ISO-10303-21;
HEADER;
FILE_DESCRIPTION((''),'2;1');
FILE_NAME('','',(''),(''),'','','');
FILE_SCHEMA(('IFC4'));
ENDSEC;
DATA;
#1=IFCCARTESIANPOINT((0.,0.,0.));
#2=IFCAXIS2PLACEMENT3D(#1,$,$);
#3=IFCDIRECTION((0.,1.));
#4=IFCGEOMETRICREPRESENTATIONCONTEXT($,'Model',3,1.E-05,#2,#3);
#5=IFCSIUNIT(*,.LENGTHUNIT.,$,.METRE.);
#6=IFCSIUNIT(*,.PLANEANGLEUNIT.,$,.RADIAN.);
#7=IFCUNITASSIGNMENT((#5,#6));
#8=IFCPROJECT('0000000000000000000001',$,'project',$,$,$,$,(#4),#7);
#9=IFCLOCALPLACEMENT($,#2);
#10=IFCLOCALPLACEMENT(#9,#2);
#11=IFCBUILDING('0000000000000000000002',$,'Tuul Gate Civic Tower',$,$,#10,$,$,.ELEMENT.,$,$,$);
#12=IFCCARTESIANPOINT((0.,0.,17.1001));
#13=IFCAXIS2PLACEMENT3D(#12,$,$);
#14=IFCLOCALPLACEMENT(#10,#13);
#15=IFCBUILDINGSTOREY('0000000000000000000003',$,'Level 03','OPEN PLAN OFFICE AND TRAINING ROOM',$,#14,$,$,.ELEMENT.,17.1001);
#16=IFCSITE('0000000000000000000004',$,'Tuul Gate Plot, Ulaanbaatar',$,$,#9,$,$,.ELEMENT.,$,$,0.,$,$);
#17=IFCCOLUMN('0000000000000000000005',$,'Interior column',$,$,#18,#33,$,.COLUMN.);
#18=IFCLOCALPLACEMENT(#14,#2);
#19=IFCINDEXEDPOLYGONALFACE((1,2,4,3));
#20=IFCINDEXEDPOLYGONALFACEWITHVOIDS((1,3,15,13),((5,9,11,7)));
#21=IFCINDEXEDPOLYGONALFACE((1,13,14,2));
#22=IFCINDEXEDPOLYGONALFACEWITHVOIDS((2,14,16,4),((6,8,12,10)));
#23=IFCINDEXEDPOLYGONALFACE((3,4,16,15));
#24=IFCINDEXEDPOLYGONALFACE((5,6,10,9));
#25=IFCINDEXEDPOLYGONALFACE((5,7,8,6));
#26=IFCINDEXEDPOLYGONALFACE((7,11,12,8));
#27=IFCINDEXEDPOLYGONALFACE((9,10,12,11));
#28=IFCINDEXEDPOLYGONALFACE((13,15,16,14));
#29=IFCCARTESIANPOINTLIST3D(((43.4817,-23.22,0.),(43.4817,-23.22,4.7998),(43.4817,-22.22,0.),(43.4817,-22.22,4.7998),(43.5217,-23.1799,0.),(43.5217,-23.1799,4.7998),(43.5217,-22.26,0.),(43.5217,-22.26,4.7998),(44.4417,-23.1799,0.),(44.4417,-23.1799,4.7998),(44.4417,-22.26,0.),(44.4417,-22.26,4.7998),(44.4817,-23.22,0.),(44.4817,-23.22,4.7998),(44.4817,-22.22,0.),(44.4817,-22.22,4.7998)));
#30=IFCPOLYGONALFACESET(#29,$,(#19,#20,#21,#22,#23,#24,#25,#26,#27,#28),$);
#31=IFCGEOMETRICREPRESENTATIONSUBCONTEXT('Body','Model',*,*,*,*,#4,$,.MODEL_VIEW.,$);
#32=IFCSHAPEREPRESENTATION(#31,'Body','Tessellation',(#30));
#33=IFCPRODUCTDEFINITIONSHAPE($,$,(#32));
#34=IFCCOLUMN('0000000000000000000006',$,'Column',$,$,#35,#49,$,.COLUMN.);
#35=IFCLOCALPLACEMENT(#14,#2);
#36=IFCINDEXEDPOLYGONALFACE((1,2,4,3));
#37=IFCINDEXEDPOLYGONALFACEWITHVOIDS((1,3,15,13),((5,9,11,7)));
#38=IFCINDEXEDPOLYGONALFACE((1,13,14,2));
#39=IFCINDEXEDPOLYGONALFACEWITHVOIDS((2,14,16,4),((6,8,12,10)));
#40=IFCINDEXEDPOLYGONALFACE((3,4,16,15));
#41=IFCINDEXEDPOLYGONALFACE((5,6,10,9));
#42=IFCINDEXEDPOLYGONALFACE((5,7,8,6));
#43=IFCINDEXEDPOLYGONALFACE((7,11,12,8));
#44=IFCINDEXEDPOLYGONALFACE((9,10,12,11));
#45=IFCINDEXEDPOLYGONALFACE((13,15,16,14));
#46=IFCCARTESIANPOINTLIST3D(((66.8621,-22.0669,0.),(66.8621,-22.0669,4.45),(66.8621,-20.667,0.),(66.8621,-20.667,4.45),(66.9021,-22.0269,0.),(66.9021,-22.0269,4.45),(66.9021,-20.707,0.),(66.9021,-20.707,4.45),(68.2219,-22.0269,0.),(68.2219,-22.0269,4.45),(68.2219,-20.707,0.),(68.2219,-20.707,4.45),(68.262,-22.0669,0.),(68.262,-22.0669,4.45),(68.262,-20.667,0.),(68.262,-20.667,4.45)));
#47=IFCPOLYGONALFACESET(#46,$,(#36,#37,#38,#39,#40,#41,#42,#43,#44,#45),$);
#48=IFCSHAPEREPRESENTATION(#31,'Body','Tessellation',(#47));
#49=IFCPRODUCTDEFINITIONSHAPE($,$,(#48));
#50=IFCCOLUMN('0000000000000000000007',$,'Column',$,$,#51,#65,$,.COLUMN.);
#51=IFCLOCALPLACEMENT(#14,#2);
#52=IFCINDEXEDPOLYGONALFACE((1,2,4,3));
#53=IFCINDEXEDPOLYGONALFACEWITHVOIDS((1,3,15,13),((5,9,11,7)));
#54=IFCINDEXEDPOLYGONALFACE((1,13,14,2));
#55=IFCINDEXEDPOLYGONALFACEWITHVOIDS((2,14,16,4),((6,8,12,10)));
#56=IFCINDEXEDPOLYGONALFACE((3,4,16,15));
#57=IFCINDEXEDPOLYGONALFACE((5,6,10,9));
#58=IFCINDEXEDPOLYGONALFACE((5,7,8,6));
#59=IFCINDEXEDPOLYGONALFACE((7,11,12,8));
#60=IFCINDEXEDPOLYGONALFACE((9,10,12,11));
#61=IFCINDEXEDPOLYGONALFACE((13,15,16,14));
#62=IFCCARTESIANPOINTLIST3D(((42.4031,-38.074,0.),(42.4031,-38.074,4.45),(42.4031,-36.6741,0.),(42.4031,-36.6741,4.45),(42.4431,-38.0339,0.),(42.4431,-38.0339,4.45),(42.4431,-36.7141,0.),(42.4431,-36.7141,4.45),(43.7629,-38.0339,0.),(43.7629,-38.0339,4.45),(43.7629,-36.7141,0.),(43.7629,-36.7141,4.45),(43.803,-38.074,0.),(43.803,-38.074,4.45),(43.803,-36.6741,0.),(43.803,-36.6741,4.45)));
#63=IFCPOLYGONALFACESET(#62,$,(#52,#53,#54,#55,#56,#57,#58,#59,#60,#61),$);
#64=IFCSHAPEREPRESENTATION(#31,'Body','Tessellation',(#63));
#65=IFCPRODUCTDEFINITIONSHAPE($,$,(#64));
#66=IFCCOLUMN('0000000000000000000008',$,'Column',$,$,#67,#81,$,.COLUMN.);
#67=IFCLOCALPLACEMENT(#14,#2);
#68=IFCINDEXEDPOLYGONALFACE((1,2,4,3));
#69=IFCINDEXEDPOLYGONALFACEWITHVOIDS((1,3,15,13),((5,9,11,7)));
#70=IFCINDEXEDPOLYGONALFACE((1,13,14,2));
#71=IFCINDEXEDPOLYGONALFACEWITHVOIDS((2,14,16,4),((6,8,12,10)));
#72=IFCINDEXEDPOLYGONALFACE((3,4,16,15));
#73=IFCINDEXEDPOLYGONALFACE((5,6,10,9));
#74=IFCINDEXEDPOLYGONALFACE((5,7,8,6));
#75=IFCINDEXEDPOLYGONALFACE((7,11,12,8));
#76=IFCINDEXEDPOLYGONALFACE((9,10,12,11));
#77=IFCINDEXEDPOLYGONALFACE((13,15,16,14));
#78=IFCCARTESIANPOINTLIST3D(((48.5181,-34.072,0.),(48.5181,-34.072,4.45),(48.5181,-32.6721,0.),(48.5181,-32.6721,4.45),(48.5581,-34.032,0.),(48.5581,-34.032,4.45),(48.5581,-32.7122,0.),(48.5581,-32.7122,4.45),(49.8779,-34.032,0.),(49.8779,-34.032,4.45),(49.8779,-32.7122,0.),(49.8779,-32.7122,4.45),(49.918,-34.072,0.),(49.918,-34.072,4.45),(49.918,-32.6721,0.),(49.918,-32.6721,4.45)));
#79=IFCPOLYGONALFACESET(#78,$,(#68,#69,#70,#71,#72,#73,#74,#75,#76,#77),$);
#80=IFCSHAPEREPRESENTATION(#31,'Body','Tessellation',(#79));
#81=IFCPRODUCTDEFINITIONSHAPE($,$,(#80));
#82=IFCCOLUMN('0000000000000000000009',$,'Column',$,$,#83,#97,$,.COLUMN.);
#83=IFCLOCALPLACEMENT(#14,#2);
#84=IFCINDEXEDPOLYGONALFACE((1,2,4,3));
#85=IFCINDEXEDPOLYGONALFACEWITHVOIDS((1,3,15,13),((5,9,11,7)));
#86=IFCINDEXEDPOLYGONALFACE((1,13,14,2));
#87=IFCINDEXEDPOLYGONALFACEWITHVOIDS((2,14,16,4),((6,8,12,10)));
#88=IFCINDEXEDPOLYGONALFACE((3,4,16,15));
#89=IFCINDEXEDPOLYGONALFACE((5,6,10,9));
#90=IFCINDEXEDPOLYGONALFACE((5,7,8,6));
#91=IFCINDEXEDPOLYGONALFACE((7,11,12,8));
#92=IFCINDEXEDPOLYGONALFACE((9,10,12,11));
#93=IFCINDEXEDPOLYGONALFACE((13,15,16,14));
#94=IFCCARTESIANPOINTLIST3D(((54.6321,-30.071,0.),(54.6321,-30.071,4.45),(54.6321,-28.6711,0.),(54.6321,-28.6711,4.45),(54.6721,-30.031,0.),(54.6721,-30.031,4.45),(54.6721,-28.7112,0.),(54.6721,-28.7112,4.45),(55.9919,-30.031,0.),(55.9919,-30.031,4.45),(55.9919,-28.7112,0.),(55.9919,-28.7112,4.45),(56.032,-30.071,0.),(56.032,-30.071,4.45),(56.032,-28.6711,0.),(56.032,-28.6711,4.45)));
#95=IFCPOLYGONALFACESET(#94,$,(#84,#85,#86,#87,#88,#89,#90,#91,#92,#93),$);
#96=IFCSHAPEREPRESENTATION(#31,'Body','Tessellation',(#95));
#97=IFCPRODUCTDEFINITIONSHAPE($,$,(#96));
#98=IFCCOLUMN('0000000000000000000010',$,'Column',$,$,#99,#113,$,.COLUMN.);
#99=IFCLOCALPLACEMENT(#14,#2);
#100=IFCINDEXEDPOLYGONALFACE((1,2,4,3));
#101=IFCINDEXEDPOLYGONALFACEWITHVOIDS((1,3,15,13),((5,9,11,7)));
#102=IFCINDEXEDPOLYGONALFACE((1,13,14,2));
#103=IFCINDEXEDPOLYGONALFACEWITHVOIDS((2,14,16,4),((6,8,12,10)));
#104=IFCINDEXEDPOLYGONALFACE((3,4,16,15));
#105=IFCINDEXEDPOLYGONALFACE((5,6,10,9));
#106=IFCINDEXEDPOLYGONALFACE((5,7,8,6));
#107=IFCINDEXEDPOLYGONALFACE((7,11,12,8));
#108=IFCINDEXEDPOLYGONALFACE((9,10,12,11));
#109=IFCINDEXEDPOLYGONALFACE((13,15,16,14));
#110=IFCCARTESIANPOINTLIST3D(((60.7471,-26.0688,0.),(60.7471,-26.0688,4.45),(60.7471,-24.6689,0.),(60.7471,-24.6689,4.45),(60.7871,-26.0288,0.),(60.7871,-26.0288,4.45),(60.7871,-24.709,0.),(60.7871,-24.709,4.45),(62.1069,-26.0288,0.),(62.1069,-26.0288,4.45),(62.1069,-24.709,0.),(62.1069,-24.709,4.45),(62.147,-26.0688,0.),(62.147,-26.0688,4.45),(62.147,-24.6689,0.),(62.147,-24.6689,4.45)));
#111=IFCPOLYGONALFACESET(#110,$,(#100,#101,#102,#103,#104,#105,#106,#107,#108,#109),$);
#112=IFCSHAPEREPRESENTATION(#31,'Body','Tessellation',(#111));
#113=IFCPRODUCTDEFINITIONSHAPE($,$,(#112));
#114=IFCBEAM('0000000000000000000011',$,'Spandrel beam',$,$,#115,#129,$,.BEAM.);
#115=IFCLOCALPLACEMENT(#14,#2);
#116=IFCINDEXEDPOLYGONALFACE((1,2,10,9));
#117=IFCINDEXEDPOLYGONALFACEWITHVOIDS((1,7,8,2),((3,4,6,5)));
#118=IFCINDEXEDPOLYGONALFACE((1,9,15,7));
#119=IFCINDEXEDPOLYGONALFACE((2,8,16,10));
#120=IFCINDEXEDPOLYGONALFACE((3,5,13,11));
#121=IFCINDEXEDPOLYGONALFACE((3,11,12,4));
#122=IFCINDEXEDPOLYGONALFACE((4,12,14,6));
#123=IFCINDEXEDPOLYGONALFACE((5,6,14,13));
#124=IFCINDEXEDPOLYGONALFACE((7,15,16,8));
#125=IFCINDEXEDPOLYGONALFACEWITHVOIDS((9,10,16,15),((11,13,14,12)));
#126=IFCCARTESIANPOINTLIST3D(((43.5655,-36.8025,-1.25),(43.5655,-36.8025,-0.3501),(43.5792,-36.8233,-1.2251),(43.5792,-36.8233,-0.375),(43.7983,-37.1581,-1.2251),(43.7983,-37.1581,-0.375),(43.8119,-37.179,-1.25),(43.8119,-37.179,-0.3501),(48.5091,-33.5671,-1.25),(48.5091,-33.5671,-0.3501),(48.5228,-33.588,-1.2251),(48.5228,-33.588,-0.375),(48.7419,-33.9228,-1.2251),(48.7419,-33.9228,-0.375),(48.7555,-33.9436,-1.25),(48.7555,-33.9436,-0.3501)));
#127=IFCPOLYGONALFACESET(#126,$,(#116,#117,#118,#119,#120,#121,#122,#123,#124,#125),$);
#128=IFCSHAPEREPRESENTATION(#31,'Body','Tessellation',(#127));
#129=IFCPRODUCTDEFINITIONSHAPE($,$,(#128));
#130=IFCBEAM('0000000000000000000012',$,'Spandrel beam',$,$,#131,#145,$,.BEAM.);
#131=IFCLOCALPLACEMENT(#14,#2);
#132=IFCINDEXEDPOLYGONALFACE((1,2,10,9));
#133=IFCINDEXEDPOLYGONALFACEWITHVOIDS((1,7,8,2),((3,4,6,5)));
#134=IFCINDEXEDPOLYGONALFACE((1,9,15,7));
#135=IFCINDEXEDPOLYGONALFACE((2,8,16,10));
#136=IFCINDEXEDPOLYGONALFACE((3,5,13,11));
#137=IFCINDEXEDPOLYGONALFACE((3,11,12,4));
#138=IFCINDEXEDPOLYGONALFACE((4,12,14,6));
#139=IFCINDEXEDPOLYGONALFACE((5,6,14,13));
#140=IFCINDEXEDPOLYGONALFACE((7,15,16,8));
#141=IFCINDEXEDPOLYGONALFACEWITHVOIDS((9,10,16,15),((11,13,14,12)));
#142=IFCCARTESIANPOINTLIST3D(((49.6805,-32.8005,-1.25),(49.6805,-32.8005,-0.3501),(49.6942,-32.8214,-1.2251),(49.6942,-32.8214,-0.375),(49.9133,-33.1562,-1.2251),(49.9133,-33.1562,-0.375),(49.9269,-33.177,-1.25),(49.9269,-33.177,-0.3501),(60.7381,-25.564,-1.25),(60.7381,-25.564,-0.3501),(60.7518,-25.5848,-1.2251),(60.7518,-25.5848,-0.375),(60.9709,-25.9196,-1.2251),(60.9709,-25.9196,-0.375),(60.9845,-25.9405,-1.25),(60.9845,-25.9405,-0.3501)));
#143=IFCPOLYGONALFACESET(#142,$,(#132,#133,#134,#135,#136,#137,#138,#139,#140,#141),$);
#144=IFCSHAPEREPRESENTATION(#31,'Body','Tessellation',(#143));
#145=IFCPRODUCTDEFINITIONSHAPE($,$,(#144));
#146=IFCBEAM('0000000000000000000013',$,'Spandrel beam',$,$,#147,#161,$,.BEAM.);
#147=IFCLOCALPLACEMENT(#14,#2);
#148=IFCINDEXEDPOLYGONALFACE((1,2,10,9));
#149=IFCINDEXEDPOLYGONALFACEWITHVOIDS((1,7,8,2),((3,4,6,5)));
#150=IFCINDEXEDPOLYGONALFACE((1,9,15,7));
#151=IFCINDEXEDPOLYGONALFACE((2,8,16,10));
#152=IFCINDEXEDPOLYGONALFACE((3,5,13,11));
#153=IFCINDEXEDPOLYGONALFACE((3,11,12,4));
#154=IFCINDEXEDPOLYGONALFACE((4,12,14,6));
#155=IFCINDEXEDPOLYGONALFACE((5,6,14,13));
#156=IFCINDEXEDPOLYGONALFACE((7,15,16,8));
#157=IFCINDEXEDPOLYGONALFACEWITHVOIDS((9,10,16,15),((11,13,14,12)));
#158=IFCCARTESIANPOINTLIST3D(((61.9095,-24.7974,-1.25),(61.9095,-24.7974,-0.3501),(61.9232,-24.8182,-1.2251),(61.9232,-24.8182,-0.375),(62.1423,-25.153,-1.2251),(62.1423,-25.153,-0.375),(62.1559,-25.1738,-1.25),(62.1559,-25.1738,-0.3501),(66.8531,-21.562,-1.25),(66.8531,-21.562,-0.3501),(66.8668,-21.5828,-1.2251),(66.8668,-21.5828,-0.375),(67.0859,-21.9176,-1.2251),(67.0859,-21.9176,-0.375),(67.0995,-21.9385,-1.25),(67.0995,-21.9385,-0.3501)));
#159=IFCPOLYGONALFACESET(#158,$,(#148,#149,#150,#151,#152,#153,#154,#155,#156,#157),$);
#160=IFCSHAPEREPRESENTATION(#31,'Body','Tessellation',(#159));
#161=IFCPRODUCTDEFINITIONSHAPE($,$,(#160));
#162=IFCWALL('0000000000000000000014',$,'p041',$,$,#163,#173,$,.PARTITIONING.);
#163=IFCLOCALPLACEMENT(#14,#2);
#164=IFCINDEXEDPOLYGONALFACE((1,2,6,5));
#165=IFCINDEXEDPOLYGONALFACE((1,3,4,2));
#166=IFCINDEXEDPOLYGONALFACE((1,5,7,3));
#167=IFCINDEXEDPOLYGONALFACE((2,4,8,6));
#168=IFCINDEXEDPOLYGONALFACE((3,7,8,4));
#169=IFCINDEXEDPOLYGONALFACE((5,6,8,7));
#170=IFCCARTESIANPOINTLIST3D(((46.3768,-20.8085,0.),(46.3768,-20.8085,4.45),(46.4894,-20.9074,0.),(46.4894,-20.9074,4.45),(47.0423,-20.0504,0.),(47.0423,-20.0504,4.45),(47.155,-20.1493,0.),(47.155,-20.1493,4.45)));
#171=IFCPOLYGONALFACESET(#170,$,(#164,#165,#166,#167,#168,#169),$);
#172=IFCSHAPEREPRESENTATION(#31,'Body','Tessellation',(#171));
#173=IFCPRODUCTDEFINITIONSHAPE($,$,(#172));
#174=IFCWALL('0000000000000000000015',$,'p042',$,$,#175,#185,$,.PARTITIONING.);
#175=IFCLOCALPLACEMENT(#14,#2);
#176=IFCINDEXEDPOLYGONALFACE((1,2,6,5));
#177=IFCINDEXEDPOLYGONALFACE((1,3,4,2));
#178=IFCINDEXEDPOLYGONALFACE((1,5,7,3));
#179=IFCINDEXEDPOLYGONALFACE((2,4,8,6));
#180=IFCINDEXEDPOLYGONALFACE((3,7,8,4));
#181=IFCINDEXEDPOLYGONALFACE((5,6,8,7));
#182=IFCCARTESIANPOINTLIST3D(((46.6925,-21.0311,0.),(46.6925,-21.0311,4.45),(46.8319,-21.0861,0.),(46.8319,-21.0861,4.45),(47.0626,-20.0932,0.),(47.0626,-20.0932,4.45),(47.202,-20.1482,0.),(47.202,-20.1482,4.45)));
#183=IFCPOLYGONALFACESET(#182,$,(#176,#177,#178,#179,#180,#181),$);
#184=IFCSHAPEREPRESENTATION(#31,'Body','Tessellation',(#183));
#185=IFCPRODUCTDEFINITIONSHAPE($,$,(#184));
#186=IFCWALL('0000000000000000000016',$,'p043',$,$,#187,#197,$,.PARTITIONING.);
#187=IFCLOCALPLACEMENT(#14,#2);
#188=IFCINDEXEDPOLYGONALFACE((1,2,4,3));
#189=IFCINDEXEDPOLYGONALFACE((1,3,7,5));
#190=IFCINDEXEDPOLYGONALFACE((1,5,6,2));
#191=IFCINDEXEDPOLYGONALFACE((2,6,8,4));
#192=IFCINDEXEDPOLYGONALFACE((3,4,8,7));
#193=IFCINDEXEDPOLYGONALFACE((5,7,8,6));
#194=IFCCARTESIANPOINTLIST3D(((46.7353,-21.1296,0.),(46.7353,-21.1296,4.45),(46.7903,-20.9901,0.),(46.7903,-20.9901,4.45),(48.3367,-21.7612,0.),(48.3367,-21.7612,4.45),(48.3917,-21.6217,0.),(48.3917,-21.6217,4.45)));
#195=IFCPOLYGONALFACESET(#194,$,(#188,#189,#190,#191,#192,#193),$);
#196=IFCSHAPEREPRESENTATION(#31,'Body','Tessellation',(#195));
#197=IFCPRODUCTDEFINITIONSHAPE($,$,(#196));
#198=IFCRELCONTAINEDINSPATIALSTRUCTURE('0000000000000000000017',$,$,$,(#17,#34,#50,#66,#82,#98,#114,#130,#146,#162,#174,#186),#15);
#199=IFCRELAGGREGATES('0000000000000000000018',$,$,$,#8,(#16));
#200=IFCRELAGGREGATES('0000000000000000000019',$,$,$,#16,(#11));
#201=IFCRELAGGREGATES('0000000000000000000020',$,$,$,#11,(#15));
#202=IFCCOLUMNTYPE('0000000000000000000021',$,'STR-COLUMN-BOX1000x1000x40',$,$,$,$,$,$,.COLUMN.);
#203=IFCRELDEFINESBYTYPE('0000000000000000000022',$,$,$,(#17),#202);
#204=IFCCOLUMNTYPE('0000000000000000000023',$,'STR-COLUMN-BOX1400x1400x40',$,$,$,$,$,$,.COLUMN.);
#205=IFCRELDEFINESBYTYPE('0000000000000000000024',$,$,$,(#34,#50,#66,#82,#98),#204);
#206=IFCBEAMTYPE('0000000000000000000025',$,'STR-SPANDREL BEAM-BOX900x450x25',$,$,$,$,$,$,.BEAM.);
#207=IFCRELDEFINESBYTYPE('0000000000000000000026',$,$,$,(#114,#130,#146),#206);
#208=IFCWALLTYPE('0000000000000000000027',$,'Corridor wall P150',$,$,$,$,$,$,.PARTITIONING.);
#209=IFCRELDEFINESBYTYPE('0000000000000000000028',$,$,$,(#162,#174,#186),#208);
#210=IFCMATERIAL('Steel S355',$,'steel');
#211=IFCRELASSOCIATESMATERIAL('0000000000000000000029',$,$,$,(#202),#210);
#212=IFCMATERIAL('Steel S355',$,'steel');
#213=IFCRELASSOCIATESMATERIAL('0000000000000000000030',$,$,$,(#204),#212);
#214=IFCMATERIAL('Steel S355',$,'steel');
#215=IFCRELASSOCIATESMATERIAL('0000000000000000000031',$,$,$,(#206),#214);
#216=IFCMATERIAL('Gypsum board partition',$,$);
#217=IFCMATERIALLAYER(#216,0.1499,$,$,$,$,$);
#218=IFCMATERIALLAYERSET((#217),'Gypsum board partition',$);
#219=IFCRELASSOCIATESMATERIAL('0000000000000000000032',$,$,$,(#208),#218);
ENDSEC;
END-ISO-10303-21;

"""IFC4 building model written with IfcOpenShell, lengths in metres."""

from ifc_helpers import new_model, si_unit, direction, frame, frame_2d, origin, origin_2d, place, context, subcontext, project, spatial, rectangle, hollow_rectangle, extrude, material, layer, layer_set, material_profile, profile_set, type_object, element, save


model = new_model("IFC4")

# Units and contexts
model_context = context("Model", 3, precision=1e-05, world=origin(), true_north=direction((0.0, 1.0)))
body_context = subcontext(model_context, "Body", "Model", "MODEL_VIEW")
ifc_project = project(units=[si_unit("LENGTHUNIT", "METRE"), si_unit("PLANEANGLEUNIT", "RADIAN")], contexts=[model_context])

# Site, building, storey
site_placement = place(None, origin())
site = spatial("IfcSite", under=ifc_project, at=site_placement, Name="Tuul Gate Plot, Ulaanbaatar", CompositionType="ELEMENT", RefElevation=0.0)
building_placement = place(site_placement, origin())
building = spatial("IfcBuilding", under=site, at=building_placement, Name="Tuul Gate Civic Tower", CompositionType="ELEMENT")
storey_placement = place(building_placement, frame((0.0, 0.0, 17.1001)))
storey = spatial("IfcBuildingStorey", under=building, at=storey_placement, Name="Level 03", Description="OPEN PLAN OFFICE AND TRAINING ROOM", CompositionType="ELEMENT", Elevation=17.1001)

# Columns
ifc_material_1 = material(Name="Steel S355", Category="steel")
ifc_material_profile_1 = material_profile(ifc_material_1, hollow_rectangle(XDim=1.0, YDim=1.0, WallThickness=0.04, at=origin_2d()), Name="BOX1000x1000x40")
ifc_profile_set_1 = profile_set([ifc_material_profile_1], Name="Steel S355")
column_type_1 = type_object("IfcColumnType", Name="STR-COLUMN-BOX1000x1000x40", PredefinedType="COLUMN", material=ifc_profile_set_1)
column_placement = place(storey_placement, frame((43.9817, -22.72, 0.0), z_axis=(0.0, 0.0, 1.0), x_axis=(1.0, 0.0, 0.0)))
element("IfcColumn", 1, at=column_placement, inside=storey, type_object=column_type_1, Name="Interior column", PredefinedType="COLUMN", context=body_context, shape_type="SweptSolid", body=[
    extrude(hollow_rectangle(XDim=1.0, YDim=1.0, WallThickness=0.04, at=origin_2d()), origin(), (0.0, 0.0, 1.0), 4.7998),
])
ifc_material_2 = material(Name="Steel S355", Category="steel")
ifc_material_profile_2 = material_profile(ifc_material_2, hollow_rectangle(XDim=1.3999, YDim=1.3999, WallThickness=0.04, at=origin_2d()), Name="BOX1400x1400x40")
ifc_profile_set_2 = profile_set([ifc_material_profile_2], Name="Steel S355")
column_type_2 = type_object("IfcColumnType", Name="STR-COLUMN-BOX1400x1400x40", PredefinedType="COLUMN", material=ifc_profile_set_2)
for number, where, z_axis, x_axis, name in (
    (2, (67.562, -21.3669, 0.0), (0.0, 0.0, 1.0), (1.0, 0.0, 0.0), "Column"),
    (3, (43.103, -37.374, 0.0), (0.0, 0.0, 1.0), (1.0, 0.0, 0.0), "Column"),
    (4, (49.218, -33.3721, 0.0), (0.0, 0.0, 1.0), (1.0, 0.0, 0.0), "Column"),
    (5, (55.332, -29.3711, 0.0), (0.0, 0.0, 1.0), (1.0, 0.0, 0.0), "Column"),
    (6, (61.447, -25.3689, 0.0), (0.0, 0.0, 1.0), (1.0, 0.0, 0.0), "Column"),
):
    element("IfcColumn", number, at=place(storey_placement, frame(where, z_axis=z_axis, x_axis=x_axis)), inside=storey, type_object=column_type_2, Name=name, PredefinedType="COLUMN", context=body_context, shape_type="SweptSolid", body=[
        extrude(hollow_rectangle(XDim=1.3999, YDim=1.3999, WallThickness=0.04, at=origin_2d()), origin(), (0.0, 0.0, 1.0), 4.45),
    ])

# Beams
ifc_material_3 = material(Name="Steel S355", Category="steel")
ifc_material_profile_3 = material_profile(ifc_material_3, hollow_rectangle(XDim=0.45, YDim=0.8999, WallThickness=0.0249, at=origin_2d()), Name="BOX900x450x25")
ifc_profile_set_3 = profile_set([ifc_material_profile_3], Name="Steel S355")
beam_type = type_object("IfcBeamType", Name="STR-SPANDREL BEAM-BOX900x450x25", PredefinedType="BEAM", material=ifc_profile_set_3)
beam_1_placement = place(storey_placement, frame((43.6887, -36.9907, -0.8), z_axis=(0.836737, 0.547604, 0.0), x_axis=(-0.547604, 0.836737, 0.0)))
element("IfcBeam", 7, at=beam_1_placement, inside=storey, type_object=beam_type, Name="Spandrel beam", PredefinedType="BEAM", context=body_context, shape_type="SweptSolid", body=[
    extrude(hollow_rectangle(XDim=0.45, YDim=0.8999, WallThickness=0.0249, at=origin_2d()), origin(), (0.0, 0.0, 1.0), 5.9082),
])
beam_2_placement = place(storey_placement, frame((49.8037, -32.9888, -0.8), z_axis=(0.836741, 0.547599, 0.0), x_axis=(-0.547599, 0.836741, 0.0)))
element("IfcBeam", 8, at=beam_2_placement, inside=storey, type_object=beam_type, Name="Spandrel beam", PredefinedType="BEAM", context=body_context, shape_type="SweptSolid", body=[
    extrude(hollow_rectangle(XDim=0.45, YDim=0.8999, WallThickness=0.0249, at=origin_2d()), origin(), (0.0, 0.0, 1.0), 13.2151),
])
beam_3_placement = place(storey_placement, frame((62.0327, -24.9856, -0.8), z_axis=(0.836737, 0.547604, 0.0), x_axis=(-0.547604, 0.836737, 0.0)))
element("IfcBeam", 9, at=beam_3_placement, inside=storey, type_object=beam_type, Name="Spandrel beam", PredefinedType="BEAM", context=body_context, shape_type="SweptSolid", body=[
    extrude(hollow_rectangle(XDim=0.45, YDim=0.8999, WallThickness=0.0249, at=origin_2d()), origin(), (0.0, 0.0, 1.0), 5.9082),
])

# Walls
ifc_material_4 = material(Name="Gypsum board partition")
ifc_layer_1 = layer(ifc_material_4, 0.1499)
ifc_layer_set_1 = layer_set([ifc_layer_1], Name="Gypsum board partition")
wall_type_1 = type_object("IfcWallType", Name="Corridor wall P150", PredefinedType="PARTITIONING", material=ifc_layer_set_1)
wall_1_placement = place(storey_placement, frame((46.4331, -20.8579, 0.0), z_axis=(0.0, 0.0, 1.0), x_axis=(0.659755, 0.751481, 0.0)))
element("IfcWall", 10, at=wall_1_placement, inside=storey, type_object=wall_type_1, Name="p041", PredefinedType="PARTITIONING", context=body_context, shape_type="SweptSolid", body=[
    extrude(rectangle(XDim=1.0088, YDim=0.1499, at=frame_2d((0.5044, 0.0))), origin(), (0.0, 0.0, 1.0), 4.45),
])
wall_2_placement = place(storey_placement, frame((46.7622, -21.0586, 0.0), z_axis=(0.0, 0.0, 1.0), x_axis=(0.367045, 0.930203, 0.0)))
element("IfcWall", 11, at=wall_2_placement, inside=storey, type_object=wall_type_1, Name="p042", PredefinedType="PARTITIONING", context=body_context, shape_type="SweptSolid", body=[
    extrude(rectangle(XDim=1.0083, YDim=0.1499, at=frame_2d((0.5042, 0.0))), origin(), (0.0, 0.0, 1.0), 4.45),
])
wall_3_placement = place(storey_placement, frame((46.7627, -21.0598, 0.0), z_axis=(0.0, 0.0, 1.0), x_axis=(0.930256, -0.366911, 0.0)))
element("IfcWall", 12, at=wall_3_placement, inside=storey, type_object=wall_type_1, Name="p043", PredefinedType="PARTITIONING", context=body_context, shape_type="SweptSolid", body=[
    extrude(rectangle(XDim=1.7214, YDim=0.1499, at=frame_2d((0.8608, 0.0))), origin(), (0.0, 0.0, 1.0), 4.45),
])

save(model, "model.ifc")
